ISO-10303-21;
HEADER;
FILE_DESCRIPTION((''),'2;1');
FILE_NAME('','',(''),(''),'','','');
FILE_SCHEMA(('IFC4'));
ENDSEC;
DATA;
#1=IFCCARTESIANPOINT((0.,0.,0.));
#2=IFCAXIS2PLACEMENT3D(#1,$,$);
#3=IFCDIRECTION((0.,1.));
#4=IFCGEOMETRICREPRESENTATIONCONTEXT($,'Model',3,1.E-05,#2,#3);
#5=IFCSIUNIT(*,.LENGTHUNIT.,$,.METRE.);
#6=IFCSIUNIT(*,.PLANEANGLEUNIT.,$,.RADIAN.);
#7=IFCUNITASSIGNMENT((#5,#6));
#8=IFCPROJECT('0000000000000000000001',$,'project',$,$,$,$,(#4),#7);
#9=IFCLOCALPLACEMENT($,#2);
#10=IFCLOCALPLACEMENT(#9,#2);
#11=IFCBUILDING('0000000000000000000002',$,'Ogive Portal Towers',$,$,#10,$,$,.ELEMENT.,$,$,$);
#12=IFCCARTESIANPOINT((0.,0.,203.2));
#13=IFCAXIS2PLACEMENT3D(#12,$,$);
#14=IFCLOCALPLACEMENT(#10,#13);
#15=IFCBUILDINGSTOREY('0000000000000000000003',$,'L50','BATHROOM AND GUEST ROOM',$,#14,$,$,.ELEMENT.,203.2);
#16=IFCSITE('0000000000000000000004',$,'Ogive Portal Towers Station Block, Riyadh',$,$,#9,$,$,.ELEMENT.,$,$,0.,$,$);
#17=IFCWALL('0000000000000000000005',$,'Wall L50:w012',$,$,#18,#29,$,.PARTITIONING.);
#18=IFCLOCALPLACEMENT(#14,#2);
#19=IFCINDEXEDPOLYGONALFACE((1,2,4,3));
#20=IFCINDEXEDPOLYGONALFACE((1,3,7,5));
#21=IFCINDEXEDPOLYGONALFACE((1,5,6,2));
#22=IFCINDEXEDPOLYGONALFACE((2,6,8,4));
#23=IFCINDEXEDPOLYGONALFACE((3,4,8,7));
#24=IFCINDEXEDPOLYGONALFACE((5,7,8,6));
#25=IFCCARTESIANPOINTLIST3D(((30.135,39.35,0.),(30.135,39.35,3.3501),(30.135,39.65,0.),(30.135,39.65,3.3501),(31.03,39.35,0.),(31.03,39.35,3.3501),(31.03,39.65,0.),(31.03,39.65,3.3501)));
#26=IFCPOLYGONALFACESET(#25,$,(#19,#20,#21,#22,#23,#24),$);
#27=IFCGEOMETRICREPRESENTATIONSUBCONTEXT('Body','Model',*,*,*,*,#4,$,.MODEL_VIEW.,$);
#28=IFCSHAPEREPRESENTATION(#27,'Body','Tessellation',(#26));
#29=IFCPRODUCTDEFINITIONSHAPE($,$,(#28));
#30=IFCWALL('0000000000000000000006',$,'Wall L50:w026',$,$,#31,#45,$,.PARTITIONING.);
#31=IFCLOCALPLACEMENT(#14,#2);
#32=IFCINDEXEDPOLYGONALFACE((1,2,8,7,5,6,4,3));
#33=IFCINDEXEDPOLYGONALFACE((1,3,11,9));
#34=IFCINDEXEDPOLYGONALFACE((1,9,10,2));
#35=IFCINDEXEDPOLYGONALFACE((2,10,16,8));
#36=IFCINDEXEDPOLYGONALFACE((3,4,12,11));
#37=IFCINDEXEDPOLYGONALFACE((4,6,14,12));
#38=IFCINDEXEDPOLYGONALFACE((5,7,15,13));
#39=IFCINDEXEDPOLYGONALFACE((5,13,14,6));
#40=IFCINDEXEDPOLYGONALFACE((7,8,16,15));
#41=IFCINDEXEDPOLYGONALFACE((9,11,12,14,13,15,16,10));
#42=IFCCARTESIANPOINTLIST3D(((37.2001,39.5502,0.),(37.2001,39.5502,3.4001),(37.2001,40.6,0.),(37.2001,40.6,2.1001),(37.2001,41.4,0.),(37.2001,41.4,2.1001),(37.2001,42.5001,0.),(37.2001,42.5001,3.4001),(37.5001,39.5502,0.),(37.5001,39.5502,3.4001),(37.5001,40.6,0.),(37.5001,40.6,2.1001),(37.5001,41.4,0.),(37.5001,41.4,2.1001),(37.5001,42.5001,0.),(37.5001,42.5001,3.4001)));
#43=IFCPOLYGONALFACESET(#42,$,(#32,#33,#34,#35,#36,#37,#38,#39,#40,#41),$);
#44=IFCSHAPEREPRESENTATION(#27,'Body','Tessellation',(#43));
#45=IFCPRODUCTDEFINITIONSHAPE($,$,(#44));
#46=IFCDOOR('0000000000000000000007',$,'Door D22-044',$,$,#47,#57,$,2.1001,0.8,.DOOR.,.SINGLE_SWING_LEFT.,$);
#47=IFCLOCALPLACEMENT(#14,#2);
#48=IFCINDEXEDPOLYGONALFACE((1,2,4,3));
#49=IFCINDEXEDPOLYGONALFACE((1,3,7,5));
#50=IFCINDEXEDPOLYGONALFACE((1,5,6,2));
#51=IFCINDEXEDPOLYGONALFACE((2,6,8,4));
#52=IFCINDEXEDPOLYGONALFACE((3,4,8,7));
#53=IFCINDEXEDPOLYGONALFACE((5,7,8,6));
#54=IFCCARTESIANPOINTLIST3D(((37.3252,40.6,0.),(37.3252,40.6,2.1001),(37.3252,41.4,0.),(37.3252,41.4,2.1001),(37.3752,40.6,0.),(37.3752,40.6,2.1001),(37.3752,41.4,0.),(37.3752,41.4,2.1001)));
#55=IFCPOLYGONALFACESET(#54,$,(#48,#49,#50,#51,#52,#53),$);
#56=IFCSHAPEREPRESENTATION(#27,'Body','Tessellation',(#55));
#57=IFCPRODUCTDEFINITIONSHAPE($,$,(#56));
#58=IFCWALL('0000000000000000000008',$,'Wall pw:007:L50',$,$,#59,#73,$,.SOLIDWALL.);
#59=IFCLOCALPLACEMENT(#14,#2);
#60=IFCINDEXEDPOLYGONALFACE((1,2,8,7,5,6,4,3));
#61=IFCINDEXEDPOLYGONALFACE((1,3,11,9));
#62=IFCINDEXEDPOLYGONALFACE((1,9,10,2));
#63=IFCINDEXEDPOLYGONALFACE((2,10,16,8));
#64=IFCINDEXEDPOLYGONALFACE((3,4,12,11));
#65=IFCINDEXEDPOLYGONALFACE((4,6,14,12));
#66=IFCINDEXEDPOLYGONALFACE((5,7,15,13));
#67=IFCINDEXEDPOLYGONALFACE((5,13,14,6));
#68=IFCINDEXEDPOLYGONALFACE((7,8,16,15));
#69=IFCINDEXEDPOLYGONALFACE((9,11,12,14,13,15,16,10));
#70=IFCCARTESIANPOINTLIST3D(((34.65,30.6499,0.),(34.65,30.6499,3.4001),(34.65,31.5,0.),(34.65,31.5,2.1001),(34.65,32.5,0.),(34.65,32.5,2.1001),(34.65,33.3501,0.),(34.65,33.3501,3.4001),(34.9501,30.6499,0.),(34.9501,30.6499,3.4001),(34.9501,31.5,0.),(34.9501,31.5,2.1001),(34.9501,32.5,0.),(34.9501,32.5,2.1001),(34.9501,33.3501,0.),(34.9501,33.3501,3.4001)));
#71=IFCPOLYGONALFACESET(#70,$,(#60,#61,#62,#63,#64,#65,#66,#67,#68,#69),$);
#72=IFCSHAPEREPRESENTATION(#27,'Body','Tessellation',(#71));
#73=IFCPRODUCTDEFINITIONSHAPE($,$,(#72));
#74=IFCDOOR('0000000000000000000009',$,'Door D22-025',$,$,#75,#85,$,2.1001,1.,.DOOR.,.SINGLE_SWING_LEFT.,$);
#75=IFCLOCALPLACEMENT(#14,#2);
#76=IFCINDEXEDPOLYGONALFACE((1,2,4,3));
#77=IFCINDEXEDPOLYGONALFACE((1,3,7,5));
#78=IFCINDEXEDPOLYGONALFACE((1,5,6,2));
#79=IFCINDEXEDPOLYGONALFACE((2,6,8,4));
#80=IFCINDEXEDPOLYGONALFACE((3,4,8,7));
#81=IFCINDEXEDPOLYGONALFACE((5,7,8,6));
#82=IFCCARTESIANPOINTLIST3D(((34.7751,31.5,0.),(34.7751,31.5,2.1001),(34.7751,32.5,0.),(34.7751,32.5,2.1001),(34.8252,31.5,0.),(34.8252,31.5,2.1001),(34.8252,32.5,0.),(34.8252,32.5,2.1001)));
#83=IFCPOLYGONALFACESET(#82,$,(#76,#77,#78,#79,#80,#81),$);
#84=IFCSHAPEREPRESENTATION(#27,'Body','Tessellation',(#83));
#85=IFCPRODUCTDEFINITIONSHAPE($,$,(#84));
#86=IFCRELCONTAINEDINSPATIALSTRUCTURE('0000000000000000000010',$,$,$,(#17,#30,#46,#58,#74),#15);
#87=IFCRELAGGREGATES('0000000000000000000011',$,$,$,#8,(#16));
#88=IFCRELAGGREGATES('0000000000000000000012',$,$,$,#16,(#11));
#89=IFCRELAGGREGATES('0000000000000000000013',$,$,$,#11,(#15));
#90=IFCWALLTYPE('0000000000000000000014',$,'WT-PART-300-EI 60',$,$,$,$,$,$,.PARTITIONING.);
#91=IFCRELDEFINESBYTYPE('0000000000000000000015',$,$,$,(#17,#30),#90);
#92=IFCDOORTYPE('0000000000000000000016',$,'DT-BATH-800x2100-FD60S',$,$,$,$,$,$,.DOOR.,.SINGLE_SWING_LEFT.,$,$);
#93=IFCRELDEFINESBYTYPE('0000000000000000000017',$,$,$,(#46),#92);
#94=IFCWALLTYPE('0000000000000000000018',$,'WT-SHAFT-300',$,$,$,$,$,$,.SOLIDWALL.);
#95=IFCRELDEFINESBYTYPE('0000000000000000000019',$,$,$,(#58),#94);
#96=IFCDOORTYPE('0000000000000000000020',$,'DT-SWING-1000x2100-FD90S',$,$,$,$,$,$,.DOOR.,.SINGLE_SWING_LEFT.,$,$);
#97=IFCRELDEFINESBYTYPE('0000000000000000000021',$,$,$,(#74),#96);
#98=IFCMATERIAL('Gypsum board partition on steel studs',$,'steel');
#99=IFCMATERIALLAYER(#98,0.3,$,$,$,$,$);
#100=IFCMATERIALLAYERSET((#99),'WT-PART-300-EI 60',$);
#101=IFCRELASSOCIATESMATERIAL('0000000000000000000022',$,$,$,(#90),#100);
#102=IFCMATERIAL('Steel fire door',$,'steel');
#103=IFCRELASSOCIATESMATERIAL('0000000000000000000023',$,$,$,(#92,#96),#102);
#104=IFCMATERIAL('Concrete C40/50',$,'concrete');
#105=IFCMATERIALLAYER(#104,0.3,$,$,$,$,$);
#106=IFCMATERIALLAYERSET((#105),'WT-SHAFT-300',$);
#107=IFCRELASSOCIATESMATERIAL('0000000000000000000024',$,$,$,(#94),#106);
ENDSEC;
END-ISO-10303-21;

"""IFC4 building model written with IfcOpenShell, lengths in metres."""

from ifc_helpers import new_model, si_unit, direction, frame, frame_2d, origin, place, context, subcontext, project, spatial, rectangle, extrude, material, layer, layer_set, type_object, element, fill, save


model = new_model("IFC4")

# Units and contexts
model_context = context("Model", 3, precision=1e-05, world=origin(), true_north=direction((0.0, 1.0)))
body_context = subcontext(model_context, "Body", "Model", "MODEL_VIEW")
ifc_project = project(units=[si_unit("LENGTHUNIT", "METRE"), si_unit("PLANEANGLEUNIT", "RADIAN")], contexts=[model_context])

# Site, building, storey
site_placement = place(None, origin())
site = spatial("IfcSite", under=ifc_project, at=site_placement, Name="Ogive Portal Towers Station Block, Riyadh", CompositionType="ELEMENT", RefElevation=0.0)
building_placement = place(site_placement, origin())
building = spatial("IfcBuilding", under=site, at=building_placement, Name="Ogive Portal Towers", CompositionType="ELEMENT")
storey_placement = place(building_placement, frame((0.0, 0.0, 203.2)))
storey = spatial("IfcBuildingStorey", under=building, at=storey_placement, Name="L50", Description="BATHROOM AND GUEST ROOM", CompositionType="ELEMENT", Elevation=203.2)

# Shared definitions
ifc_material_1 = material(Name="Concrete C40/50", Category="concrete")

# Shared definitions
ifc_material_2 = material(Name="Steel fire door", Category="steel")

# Wall
ifc_material_3 = material(Name="Gypsum board partition on steel studs", Category="steel")
ifc_layer_1 = layer(ifc_material_3, 0.3)
ifc_layer_set_1 = layer_set([ifc_layer_1], Name="WT-PART-300-EI 60")
wall_type_1 = type_object("IfcWallType", Name="WT-PART-300-EI 60", PredefinedType="PARTITIONING", material=ifc_layer_set_1)
wall_1_placement = place(storey_placement, frame((30.135, 39.5, 0.0), z_axis=(0.0, 0.0, 1.0), x_axis=(1.0, 0.0, 0.0)))
element("IfcWall", 1, at=wall_1_placement, inside=storey, type_object=wall_type_1, Name="Wall L50:w012", PredefinedType="PARTITIONING", context=body_context, shape_type="SweptSolid", body=[
    extrude(rectangle(XDim=0.895, YDim=0.3, at=frame_2d((0.4475, 0.0))), origin(), (0.0, 0.0, 1.0), 3.3501),
])

# Walls, openings, doors
wall_2_placement = place(storey_placement, frame((37.3501, 39.55, 0.0), z_axis=(0.0, 0.0, 1.0), x_axis=(0.0, 1.0, 0.0)))
wall_2 = element("IfcWall", 2, at=wall_2_placement, inside=storey, type_object=wall_type_1, Name="Wall L50:w026", PredefinedType="PARTITIONING", context=body_context, shape_type="SweptSolid", body=[
    extrude(rectangle(XDim=2.95, YDim=0.3, at=frame_2d((1.4751, 0.0))), origin(), (0.0, 0.0, 1.0), 3.4001),
])
opening_1_placement = place(wall_2_placement, frame((1.05, 0.0, 0.0)))
opening_1 = element("IfcOpeningElement", 3, at=opening_1_placement, cuts=wall_2, PredefinedType="OPENING", context=body_context, shape_type="SweptSolid", body=[
    extrude(rectangle(XDim=0.8, YDim=2.1001, at=frame_2d((0.3999, 1.05))), frame((0.0, 0.1602, 0.0), z_axis=(0.0, -1.0, 0.0), x_axis=(1.0, 0.0, 0.0)), (0.0, 0.0, 1.0), 0.3201),
])
door_type_1 = type_object("IfcDoorType", Name="DT-BATH-800x2100-FD60S", OperationType="SINGLE_SWING_LEFT", PredefinedType="DOOR", material=ifc_material_2)
door_1_placement = place(opening_1_placement, origin())
door_1 = element("IfcDoor", 4, at=door_1_placement, inside=storey, type_object=door_type_1, Name="Door D22-044", OperationType="SINGLE_SWING_LEFT", OverallHeight=2.1001, OverallWidth=0.8, PredefinedType="DOOR", context=body_context, shape_type="SweptSolid", body=[
    extrude(rectangle(XDim=0.8, YDim=2.1001, at=frame_2d((0.3999, 1.05))), frame((0.0, 0.0249, 0.0), z_axis=(0.0, -1.0, 0.0), x_axis=(1.0, 0.0, 0.0)), (0.0, 0.0, 1.0), 0.05),
])
fill(opening_1, door_1)
ifc_layer_2 = layer(ifc_material_1, 0.3)
ifc_layer_set_2 = layer_set([ifc_layer_2], Name="WT-SHAFT-300")
wall_type_2 = type_object("IfcWallType", Name="WT-SHAFT-300", PredefinedType="SOLIDWALL", material=ifc_layer_set_2)
wall_3_placement = place(storey_placement, frame((34.8, 30.6499, 0.0), z_axis=(0.0, 0.0, 1.0), x_axis=(0.0, 1.0, 0.0)))
wall_3 = element("IfcWall", 5, at=wall_3_placement, inside=storey, type_object=wall_type_2, Name="Wall pw:007:L50", PredefinedType="SOLIDWALL", context=body_context, shape_type="SweptSolid", body=[
    extrude(rectangle(XDim=2.7002, YDim=0.3, at=frame_2d((1.3501, 0.0))), origin(), (0.0, 0.0, 1.0), 3.4001),
])
opening_2_placement = place(wall_3_placement, frame((0.8501, 0.0, 0.0)))
opening_2 = element("IfcOpeningElement", 6, at=opening_2_placement, cuts=wall_3, PredefinedType="OPENING", context=body_context, shape_type="SweptSolid", body=[
    extrude(rectangle(XDim=1.0, YDim=2.1001, at=frame_2d((0.5, 1.05))), frame((0.0, 0.1602, 0.0), z_axis=(0.0, -1.0, 0.0), x_axis=(1.0, 0.0, 0.0)), (0.0, 0.0, 1.0), 0.3201),
])
door_type_2 = type_object("IfcDoorType", Name="DT-SWING-1000x2100-FD90S", OperationType="SINGLE_SWING_LEFT", PredefinedType="DOOR", material=ifc_material_2)
door_2_placement = place(opening_2_placement, origin())
door_2 = element("IfcDoor", 7, at=door_2_placement, inside=storey, type_object=door_type_2, Name="Door D22-025", OperationType="SINGLE_SWING_LEFT", OverallHeight=2.1001, OverallWidth=1.0, PredefinedType="DOOR", context=body_context, shape_type="SweptSolid", body=[
    extrude(rectangle(XDim=1.0, YDim=2.1001, at=frame_2d((0.5, 1.05))), frame((0.0, 0.0249, 0.0), z_axis=(0.0, -1.0, 0.0), x_axis=(1.0, 0.0, 0.0)), (0.0, 0.0, 1.0), 0.05),
])
fill(opening_2, door_2)

save(model, "model.ifc")
